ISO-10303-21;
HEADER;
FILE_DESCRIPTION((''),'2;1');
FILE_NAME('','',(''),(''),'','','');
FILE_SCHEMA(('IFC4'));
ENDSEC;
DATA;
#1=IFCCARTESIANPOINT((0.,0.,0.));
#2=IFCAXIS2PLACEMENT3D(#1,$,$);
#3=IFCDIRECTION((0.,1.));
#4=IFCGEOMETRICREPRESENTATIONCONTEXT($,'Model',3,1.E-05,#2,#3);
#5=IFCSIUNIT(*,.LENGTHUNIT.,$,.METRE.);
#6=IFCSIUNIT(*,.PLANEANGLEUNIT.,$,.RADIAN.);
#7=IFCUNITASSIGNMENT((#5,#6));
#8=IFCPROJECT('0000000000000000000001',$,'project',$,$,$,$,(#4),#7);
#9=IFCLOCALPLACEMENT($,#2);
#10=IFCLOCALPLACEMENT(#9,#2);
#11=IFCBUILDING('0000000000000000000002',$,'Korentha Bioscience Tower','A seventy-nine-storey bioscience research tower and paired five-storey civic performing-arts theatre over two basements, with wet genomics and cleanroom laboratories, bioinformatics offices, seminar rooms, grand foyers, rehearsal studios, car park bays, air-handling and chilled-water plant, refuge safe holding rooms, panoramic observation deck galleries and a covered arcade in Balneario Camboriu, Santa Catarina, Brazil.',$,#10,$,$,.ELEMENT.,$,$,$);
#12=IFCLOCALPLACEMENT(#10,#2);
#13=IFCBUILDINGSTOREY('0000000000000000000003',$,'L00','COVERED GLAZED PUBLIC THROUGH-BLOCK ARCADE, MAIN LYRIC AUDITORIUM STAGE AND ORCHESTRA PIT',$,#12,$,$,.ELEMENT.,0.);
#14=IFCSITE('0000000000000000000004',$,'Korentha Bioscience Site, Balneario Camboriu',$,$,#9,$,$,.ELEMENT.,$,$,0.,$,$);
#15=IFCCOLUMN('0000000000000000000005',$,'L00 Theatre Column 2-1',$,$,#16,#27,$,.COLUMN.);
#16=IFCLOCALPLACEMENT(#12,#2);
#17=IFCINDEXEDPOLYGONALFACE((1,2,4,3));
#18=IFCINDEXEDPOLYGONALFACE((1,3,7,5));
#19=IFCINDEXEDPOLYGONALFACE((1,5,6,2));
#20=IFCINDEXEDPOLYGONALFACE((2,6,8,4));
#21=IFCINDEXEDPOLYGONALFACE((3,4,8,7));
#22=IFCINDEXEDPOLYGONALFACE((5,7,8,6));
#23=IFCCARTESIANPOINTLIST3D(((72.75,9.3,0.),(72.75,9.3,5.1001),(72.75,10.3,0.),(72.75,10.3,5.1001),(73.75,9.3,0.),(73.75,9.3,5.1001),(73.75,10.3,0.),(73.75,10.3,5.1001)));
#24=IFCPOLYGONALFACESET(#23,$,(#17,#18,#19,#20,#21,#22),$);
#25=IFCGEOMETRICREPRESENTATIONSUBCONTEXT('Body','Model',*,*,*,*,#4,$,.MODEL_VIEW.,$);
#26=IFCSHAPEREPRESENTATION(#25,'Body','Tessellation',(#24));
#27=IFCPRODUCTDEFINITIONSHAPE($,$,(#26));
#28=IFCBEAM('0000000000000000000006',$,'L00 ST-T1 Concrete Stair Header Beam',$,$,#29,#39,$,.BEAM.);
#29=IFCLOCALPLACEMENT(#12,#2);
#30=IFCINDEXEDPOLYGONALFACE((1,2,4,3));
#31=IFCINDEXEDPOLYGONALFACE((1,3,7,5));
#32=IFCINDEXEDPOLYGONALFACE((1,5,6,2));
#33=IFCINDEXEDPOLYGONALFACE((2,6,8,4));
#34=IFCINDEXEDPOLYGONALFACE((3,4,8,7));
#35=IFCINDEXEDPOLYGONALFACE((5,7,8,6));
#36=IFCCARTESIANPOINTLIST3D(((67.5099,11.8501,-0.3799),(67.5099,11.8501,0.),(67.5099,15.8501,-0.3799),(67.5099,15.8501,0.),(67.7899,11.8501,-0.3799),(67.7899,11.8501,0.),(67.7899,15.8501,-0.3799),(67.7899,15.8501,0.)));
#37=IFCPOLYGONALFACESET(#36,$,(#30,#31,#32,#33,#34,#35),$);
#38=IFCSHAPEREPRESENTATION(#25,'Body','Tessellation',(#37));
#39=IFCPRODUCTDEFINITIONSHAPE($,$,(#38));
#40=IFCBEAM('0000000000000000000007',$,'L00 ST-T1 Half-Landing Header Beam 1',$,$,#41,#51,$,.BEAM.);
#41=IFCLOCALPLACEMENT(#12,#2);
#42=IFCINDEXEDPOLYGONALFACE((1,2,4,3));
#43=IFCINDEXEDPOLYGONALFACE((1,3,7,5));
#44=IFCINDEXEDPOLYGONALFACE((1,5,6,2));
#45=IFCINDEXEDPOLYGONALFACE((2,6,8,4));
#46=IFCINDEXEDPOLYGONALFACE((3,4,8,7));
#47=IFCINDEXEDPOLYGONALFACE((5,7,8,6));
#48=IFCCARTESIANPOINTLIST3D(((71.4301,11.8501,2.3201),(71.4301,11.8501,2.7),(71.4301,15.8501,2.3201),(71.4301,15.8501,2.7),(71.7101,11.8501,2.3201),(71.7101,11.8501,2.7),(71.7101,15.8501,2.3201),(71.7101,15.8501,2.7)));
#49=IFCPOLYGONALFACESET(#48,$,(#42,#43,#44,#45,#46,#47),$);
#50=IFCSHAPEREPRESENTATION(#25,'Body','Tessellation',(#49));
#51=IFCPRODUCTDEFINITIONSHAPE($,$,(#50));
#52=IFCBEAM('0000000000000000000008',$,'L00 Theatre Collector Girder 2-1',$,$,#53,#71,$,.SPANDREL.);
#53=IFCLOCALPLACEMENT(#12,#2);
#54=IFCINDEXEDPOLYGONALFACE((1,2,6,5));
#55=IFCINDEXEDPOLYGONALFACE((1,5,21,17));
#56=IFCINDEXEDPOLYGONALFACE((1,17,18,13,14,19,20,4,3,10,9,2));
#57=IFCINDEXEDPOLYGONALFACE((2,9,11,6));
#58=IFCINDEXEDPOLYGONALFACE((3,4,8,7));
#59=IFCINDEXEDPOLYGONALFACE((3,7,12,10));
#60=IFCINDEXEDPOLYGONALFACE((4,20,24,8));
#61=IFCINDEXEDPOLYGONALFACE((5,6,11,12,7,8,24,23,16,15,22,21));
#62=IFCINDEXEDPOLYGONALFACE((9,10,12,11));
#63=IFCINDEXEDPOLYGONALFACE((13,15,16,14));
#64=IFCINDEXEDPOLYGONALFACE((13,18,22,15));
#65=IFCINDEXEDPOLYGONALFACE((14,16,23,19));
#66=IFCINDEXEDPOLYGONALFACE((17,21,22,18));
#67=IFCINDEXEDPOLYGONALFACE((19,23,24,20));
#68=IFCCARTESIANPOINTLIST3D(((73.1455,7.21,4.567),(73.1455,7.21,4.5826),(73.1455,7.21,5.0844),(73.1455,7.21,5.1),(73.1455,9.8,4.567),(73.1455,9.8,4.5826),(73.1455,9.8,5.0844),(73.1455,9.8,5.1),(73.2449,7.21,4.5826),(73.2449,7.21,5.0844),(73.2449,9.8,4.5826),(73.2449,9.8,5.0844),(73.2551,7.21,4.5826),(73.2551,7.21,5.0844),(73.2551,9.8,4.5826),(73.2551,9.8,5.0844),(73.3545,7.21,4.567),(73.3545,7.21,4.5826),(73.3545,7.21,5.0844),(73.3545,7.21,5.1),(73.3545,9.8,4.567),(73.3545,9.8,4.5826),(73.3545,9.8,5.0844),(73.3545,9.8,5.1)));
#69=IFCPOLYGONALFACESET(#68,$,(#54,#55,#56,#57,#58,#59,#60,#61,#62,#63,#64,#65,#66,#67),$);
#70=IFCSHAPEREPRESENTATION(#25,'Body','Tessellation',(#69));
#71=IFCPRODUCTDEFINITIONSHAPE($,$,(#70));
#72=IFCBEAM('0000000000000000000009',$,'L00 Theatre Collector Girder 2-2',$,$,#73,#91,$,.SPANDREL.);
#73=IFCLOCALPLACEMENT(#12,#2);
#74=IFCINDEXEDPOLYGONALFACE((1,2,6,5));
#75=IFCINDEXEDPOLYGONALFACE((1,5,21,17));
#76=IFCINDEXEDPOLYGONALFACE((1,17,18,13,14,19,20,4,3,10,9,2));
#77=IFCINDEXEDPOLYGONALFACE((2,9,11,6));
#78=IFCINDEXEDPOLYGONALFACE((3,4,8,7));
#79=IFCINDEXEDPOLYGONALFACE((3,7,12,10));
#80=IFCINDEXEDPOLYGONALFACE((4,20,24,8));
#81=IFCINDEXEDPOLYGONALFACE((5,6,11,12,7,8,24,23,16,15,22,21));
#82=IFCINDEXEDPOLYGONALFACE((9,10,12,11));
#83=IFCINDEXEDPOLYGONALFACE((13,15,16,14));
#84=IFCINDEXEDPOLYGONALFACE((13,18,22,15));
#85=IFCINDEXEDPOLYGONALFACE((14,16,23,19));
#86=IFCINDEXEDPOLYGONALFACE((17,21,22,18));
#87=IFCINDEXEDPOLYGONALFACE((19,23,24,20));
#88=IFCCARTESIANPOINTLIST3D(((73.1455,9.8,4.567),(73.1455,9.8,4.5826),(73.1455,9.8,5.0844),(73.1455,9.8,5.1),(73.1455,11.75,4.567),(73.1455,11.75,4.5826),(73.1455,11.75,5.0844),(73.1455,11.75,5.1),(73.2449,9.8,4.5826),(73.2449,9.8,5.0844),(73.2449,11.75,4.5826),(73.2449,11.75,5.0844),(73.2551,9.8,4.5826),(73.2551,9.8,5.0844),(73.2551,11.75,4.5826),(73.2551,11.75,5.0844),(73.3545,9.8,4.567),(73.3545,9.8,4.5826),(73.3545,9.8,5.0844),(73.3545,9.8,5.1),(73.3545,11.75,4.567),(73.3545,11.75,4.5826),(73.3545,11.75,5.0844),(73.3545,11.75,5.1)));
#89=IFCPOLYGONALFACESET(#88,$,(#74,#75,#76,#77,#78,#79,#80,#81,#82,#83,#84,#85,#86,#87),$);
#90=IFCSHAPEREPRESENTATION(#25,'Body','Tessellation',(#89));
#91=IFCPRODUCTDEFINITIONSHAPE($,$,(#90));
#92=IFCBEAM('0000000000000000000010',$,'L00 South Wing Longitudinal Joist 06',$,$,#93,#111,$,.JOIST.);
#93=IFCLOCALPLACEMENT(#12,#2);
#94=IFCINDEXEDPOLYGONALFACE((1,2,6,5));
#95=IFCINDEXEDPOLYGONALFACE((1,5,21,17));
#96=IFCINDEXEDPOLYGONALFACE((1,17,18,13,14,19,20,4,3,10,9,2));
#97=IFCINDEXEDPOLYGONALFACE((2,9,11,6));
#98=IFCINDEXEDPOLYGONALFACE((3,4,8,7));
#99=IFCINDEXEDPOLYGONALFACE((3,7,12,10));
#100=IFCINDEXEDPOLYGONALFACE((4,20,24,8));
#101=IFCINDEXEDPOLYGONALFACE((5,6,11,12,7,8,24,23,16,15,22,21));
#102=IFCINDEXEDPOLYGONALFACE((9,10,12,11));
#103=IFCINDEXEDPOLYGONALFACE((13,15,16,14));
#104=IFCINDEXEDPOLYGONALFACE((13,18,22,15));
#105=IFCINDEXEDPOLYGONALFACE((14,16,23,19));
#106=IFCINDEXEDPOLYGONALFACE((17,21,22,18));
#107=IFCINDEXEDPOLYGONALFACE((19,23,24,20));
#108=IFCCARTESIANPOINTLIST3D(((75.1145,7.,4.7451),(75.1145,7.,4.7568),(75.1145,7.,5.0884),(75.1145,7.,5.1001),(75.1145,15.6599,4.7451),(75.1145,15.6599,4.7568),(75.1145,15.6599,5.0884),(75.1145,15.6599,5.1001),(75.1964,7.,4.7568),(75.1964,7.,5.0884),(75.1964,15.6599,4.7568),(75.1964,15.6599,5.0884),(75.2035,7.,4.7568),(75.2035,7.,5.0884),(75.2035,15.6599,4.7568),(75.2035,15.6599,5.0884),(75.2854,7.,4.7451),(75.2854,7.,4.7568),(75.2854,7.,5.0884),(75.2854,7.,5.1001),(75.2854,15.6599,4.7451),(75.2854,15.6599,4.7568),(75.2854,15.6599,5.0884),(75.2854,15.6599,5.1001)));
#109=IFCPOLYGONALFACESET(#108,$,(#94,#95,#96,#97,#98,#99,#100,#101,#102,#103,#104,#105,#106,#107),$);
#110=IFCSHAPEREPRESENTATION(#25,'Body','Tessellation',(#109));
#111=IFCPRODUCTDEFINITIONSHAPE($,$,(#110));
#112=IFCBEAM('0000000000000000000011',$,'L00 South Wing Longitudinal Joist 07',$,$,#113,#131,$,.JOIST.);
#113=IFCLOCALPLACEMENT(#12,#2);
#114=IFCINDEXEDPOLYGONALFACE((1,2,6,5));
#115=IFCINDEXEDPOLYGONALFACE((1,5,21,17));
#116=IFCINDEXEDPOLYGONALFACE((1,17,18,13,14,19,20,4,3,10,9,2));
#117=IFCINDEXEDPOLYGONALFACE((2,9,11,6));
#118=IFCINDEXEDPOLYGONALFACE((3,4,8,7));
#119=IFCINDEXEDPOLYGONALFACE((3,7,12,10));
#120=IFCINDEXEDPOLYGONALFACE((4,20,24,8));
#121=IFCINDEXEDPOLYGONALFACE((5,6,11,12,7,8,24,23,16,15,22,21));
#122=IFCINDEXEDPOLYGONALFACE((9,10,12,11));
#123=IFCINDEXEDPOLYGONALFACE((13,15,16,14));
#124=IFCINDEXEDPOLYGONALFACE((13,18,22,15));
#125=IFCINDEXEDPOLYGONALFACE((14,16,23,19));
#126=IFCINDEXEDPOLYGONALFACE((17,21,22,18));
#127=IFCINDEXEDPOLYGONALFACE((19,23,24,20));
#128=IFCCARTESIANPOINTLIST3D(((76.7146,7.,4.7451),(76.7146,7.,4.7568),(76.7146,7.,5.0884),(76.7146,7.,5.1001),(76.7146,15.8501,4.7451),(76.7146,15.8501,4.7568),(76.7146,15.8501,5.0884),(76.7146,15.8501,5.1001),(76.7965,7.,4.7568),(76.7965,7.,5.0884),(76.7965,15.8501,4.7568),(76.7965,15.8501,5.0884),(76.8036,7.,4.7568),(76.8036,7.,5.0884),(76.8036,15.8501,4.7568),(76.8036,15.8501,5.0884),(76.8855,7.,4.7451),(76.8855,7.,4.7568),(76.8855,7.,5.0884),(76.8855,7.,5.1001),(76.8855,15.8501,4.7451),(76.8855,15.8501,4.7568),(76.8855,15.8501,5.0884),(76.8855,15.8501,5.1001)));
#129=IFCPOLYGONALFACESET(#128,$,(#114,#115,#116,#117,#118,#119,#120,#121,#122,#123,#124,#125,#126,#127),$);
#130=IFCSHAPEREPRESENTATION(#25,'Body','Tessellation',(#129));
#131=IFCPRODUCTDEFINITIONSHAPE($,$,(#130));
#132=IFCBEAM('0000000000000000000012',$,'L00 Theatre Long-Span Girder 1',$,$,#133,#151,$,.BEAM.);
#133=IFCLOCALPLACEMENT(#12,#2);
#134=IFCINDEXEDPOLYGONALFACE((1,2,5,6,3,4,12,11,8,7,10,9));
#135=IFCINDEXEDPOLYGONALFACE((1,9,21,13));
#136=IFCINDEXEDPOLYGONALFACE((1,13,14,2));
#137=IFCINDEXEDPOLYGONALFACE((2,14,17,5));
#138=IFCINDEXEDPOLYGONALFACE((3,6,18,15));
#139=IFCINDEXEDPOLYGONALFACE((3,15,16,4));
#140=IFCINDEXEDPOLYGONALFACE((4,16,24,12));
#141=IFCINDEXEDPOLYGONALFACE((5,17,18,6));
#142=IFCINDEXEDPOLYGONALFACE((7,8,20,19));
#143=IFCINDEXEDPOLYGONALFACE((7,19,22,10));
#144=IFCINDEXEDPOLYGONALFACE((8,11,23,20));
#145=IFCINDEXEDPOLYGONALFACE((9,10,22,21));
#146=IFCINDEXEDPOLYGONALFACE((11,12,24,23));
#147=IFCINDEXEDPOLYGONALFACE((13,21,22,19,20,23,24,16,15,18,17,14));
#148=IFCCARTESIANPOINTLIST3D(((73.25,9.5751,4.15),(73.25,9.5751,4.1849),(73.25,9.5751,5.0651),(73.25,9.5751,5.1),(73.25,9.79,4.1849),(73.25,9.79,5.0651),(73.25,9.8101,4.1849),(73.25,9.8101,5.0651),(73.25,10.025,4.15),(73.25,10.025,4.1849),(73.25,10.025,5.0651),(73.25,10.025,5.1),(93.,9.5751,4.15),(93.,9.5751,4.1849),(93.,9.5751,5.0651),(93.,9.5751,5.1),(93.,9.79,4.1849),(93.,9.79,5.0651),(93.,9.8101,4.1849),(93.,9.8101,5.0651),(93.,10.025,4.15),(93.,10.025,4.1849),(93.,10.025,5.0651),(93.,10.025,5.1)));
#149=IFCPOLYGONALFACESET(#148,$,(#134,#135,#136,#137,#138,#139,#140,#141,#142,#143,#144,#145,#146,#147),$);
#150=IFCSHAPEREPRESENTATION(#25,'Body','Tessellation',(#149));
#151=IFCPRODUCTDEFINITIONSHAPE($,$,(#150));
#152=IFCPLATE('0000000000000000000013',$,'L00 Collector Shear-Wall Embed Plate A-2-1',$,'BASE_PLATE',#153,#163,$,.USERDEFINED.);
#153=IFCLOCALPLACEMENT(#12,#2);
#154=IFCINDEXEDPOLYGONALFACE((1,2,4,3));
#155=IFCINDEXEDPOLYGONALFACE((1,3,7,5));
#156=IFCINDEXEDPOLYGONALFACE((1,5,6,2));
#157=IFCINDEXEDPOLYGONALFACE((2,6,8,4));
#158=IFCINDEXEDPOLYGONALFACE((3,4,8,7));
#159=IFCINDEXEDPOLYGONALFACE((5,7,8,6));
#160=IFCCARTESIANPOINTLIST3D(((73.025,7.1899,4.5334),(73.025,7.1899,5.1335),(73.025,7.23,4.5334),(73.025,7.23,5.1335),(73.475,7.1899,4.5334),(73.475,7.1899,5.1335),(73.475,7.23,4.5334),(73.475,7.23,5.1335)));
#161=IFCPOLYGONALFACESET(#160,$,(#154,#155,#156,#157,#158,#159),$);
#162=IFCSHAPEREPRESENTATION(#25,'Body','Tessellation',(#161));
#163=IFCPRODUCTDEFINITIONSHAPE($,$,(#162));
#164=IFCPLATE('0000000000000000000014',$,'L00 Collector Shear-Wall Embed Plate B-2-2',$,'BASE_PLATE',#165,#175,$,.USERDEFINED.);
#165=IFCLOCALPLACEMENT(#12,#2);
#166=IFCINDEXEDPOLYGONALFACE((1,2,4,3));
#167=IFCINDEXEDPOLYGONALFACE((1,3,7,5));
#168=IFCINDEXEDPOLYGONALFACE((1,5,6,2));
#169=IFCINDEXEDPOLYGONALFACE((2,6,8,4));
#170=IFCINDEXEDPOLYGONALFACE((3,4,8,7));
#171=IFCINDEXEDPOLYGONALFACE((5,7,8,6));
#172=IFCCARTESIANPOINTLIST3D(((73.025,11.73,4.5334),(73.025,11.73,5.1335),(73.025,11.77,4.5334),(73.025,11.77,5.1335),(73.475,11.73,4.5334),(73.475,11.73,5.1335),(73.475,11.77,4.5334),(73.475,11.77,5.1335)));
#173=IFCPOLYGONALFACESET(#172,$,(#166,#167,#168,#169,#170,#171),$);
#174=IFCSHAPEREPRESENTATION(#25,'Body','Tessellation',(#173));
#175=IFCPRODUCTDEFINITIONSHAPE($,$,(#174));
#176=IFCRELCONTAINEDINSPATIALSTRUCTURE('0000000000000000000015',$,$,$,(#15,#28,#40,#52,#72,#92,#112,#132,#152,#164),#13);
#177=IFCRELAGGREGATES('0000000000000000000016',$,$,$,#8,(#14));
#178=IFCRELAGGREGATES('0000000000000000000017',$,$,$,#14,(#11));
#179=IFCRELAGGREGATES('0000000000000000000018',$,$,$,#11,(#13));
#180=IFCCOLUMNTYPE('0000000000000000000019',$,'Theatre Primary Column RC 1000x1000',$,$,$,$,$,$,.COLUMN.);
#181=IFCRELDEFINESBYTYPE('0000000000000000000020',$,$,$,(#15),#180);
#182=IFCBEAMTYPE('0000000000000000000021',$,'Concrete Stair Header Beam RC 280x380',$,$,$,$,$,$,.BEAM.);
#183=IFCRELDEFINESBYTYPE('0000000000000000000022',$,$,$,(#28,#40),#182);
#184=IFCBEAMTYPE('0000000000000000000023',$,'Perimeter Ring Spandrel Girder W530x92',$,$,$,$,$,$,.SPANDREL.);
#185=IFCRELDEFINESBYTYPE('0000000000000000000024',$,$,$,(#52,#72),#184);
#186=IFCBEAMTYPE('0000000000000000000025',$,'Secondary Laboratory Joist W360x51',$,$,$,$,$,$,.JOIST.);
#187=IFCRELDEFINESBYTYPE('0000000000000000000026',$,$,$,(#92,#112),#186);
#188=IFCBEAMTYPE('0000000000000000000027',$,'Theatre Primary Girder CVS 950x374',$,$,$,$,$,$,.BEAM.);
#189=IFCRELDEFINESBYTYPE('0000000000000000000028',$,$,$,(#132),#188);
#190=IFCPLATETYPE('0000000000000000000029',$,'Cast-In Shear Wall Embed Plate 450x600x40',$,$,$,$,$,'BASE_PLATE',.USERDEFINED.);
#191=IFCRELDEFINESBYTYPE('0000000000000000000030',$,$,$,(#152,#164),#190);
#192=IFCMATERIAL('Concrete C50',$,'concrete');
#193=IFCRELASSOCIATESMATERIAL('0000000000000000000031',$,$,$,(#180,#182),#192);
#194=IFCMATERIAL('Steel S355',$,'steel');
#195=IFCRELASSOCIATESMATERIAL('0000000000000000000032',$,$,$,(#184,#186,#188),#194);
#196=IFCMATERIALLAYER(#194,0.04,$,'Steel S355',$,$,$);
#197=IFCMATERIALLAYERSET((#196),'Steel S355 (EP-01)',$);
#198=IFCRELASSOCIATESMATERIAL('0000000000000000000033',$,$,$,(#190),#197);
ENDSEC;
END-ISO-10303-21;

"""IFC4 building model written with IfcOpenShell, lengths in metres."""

from ifc_helpers import new_model, si_unit, direction, frame, origin, origin_2d, place, context, subcontext, project, spatial, rectangle, i_section, extrude, material, layer, layer_set, material_profile, profile_set, type_object, element, save


model = new_model("IFC4")

# Units and contexts
model_context = context("Model", 3, precision=1e-05, world=origin(), true_north=direction((0.0, 1.0)))
body_context = subcontext(model_context, "Body", "Model", "MODEL_VIEW")
ifc_project = project(units=[si_unit("LENGTHUNIT", "METRE"), si_unit("PLANEANGLEUNIT", "RADIAN")], contexts=[model_context])

# Site, building, storey
site_placement = place(None, origin())
site = spatial("IfcSite", under=ifc_project, at=site_placement, Name="Korentha Bioscience Site, Balneario Camboriu", CompositionType="ELEMENT", RefElevation=0.0)
building_placement = place(site_placement, origin())
building = spatial("IfcBuilding", under=site, at=building_placement, Name="Korentha Bioscience Tower", Description="A seventy-nine-storey bioscience research tower and paired five-storey civic performing-arts theatre over two basements, with wet genomics and cleanroom laboratories, bioinformatics offices, seminar rooms, grand foyers, rehearsal studios, car park bays, air-handling and chilled-water plant, refuge safe holding rooms, panoramic observation deck galleries and a covered arcade in Balneario Camboriu, Santa Catarina, Brazil.", CompositionType="ELEMENT")
storey_placement = place(building_placement, origin())
storey = spatial("IfcBuildingStorey", under=building, at=storey_placement, Name="L00", Description="COVERED GLAZED PUBLIC THROUGH-BLOCK ARCADE, MAIN LYRIC AUDITORIUM STAGE AND ORCHESTRA PIT", CompositionType="ELEMENT", Elevation=0.0)

# Column
ifc_material_1 = material(Name="Concrete C50", Category="concrete")
ifc_material_profile_1 = material_profile(ifc_material_1, rectangle(XDim=1.0, YDim=1.0, at=origin_2d()), Name="Concrete C50")
ifc_profile_set_1 = profile_set([ifc_material_profile_1], Name="Concrete C50 (TC-01)")
column_type = type_object("IfcColumnType", Name="Theatre Primary Column RC 1000x1000", PredefinedType="COLUMN", material=ifc_profile_set_1)
column_placement = place(storey_placement, frame((73.25, 9.8, 0.0), z_axis=(0.0, 0.0, 1.0), x_axis=(1.0, 0.0, 0.0)))
element("IfcColumn", 1, at=column_placement, inside=storey, type_object=column_type, Name="L00 Theatre Column 2-1", PredefinedType="COLUMN", context=body_context, shape_type="SweptSolid", body=[
    extrude(rectangle(XDim=1.0, YDim=1.0, at=origin_2d()), origin(), (0.0, 0.0, 1.0), 5.1001),
])

# Beams
ifc_material_profile_2 = material_profile(ifc_material_1, rectangle(XDim=0.28, YDim=0.3799, at=origin_2d()), Name="Concrete C50")
ifc_profile_set_2 = profile_set([ifc_material_profile_2], Name="Concrete C50 (ST-HB380)")
beam_type_1 = type_object("IfcBeamType", Name="Concrete Stair Header Beam RC 280x380", PredefinedType="BEAM", material=ifc_profile_set_2)
for number, where, z_axis, x_axis, name in (
    (2, (67.6499, 11.8501, -0.1899), (0.0, 1.0, 0.0), (-1.0, 0.0, 0.0), "L00 ST-T1 Concrete Stair Header Beam"),
    (3, (71.5701, 11.8501, 2.51), (0.0, 1.0, 0.0), (-1.0, 0.0, 0.0), "L00 ST-T1 Half-Landing Header Beam 1"),
):
    element("IfcBeam", number, at=place(storey_placement, frame(where, z_axis=z_axis, x_axis=x_axis)), inside=storey, type_object=beam_type_1, Name=name, PredefinedType="BEAM", context=body_context, shape_type="SweptSolid", body=[
        extrude(rectangle(XDim=0.28, YDim=0.3799, at=origin_2d()), origin(), (0.0, 0.0, 1.0), 4.0),
    ])
ifc_material_2 = material(Name="Steel S355", Category="steel")
ifc_material_profile_3 = material_profile(ifc_material_2, i_section(OverallWidth=0.209, OverallDepth=0.533, WebThickness=0.0103, FlangeThickness=0.0156, at=origin_2d()), Name="Steel S355")
ifc_profile_set_3 = profile_set([ifc_material_profile_3], Name="Steel S355 (SB-530)")
beam_type_2 = type_object("IfcBeamType", Name="Perimeter Ring Spandrel Girder W530x92", PredefinedType="SPANDREL", material=ifc_profile_set_3)
beam_1_placement = place(storey_placement, frame((73.25, 7.21, 4.8335), z_axis=(0.0, 1.0, 0.0), x_axis=(-1.0, 0.0, 0.0)))
element("IfcBeam", 4, at=beam_1_placement, inside=storey, type_object=beam_type_2, Name="L00 Theatre Collector Girder 2-1", PredefinedType="SPANDREL", context=body_context, shape_type="SweptSolid", body=[
    extrude(i_section(OverallWidth=0.209, OverallDepth=0.533, WebThickness=0.0103, FlangeThickness=0.0156, at=origin_2d()), origin(), (0.0, 0.0, 1.0), 2.5901),
])
beam_2_placement = place(storey_placement, frame((73.25, 9.8, 4.8335), z_axis=(0.0, 1.0, 0.0), x_axis=(-1.0, 0.0, 0.0)))
element("IfcBeam", 5, at=beam_2_placement, inside=storey, type_object=beam_type_2, Name="L00 Theatre Collector Girder 2-2", PredefinedType="SPANDREL", context=body_context, shape_type="SweptSolid", body=[
    extrude(i_section(OverallWidth=0.209, OverallDepth=0.533, WebThickness=0.0103, FlangeThickness=0.0156, at=origin_2d()), origin(), (0.0, 0.0, 1.0), 1.95),
])
ifc_material_profile_4 = material_profile(ifc_material_2, i_section(OverallWidth=0.1709, OverallDepth=0.355, WebThickness=0.0071, FlangeThickness=0.0117, at=origin_2d()), Name="Steel S355")
ifc_profile_set_4 = profile_set([ifc_material_profile_4], Name="Steel S355 (JB-360)")
beam_type_3 = type_object("IfcBeamType", Name="Secondary Laboratory Joist W360x51", PredefinedType="JOIST", material=ifc_profile_set_4)
beam_3_placement = place(storey_placement, frame((75.2, 7.0, 4.9226), z_axis=(0.0, 1.0, 0.0), x_axis=(-1.0, 0.0, 0.0)))
element("IfcBeam", 6, at=beam_3_placement, inside=storey, type_object=beam_type_3, Name="L00 South Wing Longitudinal Joist 06", PredefinedType="JOIST", context=body_context, shape_type="SweptSolid", body=[
    extrude(i_section(OverallWidth=0.1709, OverallDepth=0.355, WebThickness=0.0071, FlangeThickness=0.0117, at=origin_2d()), origin(), (0.0, 0.0, 1.0), 8.6599),
])
beam_4_placement = place(storey_placement, frame((76.8, 7.0, 4.9226), z_axis=(0.0, 1.0, 0.0), x_axis=(-1.0, 0.0, 0.0)))
element("IfcBeam", 7, at=beam_4_placement, inside=storey, type_object=beam_type_3, Name="L00 South Wing Longitudinal Joist 07", PredefinedType="JOIST", context=body_context, shape_type="SweptSolid", body=[
    extrude(i_section(OverallWidth=0.1709, OverallDepth=0.355, WebThickness=0.0071, FlangeThickness=0.0117, at=origin_2d()), origin(), (0.0, 0.0, 1.0), 8.8501),
])
ifc_material_profile_5 = material_profile(ifc_material_2, i_section(OverallWidth=0.45, OverallDepth=0.95, WebThickness=0.02, FlangeThickness=0.0349, at=origin_2d()), Name="Steel S355")
ifc_profile_set_5 = profile_set([ifc_material_profile_5], Name="Steel S355 (TB-950)")
beam_type_4 = type_object("IfcBeamType", Name="Theatre Primary Girder CVS 950x374", PredefinedType="BEAM", material=ifc_profile_set_5)
beam_5_placement = place(storey_placement, frame((73.25, 9.8, 4.625), z_axis=(1.0, 0.0, 0.0), x_axis=(0.0, 1.0, 0.0)))
element("IfcBeam", 8, at=beam_5_placement, inside=storey, type_object=beam_type_4, Name="L00 Theatre Long-Span Girder 1", PredefinedType="BEAM", context=body_context, shape_type="SweptSolid", body=[
    extrude(i_section(OverallWidth=0.45, OverallDepth=0.95, WebThickness=0.02, FlangeThickness=0.0349, at=origin_2d()), origin(), (0.0, 0.0, 1.0), 19.75),
])

# Plates
ifc_layer_1 = layer(ifc_material_2, 0.04, Name="Steel S355")
ifc_layer_set_1 = layer_set([ifc_layer_1], Name="Steel S355 (EP-01)")
plate_type = type_object("IfcPlateType", Name="Cast-In Shear Wall Embed Plate 450x600x40", ElementType="BASE_PLATE", PredefinedType="USERDEFINED", material=ifc_layer_set_1)
for number, where, z_axis, x_axis, name in (
    (9, (73.25, 7.21, 4.5334), (0.0, 0.0, 1.0), (1.0, 0.0, 0.0), "L00 Collector Shear-Wall Embed Plate A-2-1"),
    (10, (73.25, 11.75, 4.5334), (0.0, 0.0, 1.0), (1.0, 0.0, 0.0), "L00 Collector Shear-Wall Embed Plate B-2-2"),
):
    element("IfcPlate", number, at=place(storey_placement, frame(where, z_axis=z_axis, x_axis=x_axis)), inside=storey, type_object=plate_type, Name=name, ObjectType="BASE_PLATE", PredefinedType="USERDEFINED", context=body_context, shape_type="SweptSolid", body=[
        extrude(rectangle(XDim=0.45, YDim=0.04, at=origin_2d()), origin(), (0.0, 0.0, 1.0), 0.6001),
    ])

save(model, "model.ifc")
